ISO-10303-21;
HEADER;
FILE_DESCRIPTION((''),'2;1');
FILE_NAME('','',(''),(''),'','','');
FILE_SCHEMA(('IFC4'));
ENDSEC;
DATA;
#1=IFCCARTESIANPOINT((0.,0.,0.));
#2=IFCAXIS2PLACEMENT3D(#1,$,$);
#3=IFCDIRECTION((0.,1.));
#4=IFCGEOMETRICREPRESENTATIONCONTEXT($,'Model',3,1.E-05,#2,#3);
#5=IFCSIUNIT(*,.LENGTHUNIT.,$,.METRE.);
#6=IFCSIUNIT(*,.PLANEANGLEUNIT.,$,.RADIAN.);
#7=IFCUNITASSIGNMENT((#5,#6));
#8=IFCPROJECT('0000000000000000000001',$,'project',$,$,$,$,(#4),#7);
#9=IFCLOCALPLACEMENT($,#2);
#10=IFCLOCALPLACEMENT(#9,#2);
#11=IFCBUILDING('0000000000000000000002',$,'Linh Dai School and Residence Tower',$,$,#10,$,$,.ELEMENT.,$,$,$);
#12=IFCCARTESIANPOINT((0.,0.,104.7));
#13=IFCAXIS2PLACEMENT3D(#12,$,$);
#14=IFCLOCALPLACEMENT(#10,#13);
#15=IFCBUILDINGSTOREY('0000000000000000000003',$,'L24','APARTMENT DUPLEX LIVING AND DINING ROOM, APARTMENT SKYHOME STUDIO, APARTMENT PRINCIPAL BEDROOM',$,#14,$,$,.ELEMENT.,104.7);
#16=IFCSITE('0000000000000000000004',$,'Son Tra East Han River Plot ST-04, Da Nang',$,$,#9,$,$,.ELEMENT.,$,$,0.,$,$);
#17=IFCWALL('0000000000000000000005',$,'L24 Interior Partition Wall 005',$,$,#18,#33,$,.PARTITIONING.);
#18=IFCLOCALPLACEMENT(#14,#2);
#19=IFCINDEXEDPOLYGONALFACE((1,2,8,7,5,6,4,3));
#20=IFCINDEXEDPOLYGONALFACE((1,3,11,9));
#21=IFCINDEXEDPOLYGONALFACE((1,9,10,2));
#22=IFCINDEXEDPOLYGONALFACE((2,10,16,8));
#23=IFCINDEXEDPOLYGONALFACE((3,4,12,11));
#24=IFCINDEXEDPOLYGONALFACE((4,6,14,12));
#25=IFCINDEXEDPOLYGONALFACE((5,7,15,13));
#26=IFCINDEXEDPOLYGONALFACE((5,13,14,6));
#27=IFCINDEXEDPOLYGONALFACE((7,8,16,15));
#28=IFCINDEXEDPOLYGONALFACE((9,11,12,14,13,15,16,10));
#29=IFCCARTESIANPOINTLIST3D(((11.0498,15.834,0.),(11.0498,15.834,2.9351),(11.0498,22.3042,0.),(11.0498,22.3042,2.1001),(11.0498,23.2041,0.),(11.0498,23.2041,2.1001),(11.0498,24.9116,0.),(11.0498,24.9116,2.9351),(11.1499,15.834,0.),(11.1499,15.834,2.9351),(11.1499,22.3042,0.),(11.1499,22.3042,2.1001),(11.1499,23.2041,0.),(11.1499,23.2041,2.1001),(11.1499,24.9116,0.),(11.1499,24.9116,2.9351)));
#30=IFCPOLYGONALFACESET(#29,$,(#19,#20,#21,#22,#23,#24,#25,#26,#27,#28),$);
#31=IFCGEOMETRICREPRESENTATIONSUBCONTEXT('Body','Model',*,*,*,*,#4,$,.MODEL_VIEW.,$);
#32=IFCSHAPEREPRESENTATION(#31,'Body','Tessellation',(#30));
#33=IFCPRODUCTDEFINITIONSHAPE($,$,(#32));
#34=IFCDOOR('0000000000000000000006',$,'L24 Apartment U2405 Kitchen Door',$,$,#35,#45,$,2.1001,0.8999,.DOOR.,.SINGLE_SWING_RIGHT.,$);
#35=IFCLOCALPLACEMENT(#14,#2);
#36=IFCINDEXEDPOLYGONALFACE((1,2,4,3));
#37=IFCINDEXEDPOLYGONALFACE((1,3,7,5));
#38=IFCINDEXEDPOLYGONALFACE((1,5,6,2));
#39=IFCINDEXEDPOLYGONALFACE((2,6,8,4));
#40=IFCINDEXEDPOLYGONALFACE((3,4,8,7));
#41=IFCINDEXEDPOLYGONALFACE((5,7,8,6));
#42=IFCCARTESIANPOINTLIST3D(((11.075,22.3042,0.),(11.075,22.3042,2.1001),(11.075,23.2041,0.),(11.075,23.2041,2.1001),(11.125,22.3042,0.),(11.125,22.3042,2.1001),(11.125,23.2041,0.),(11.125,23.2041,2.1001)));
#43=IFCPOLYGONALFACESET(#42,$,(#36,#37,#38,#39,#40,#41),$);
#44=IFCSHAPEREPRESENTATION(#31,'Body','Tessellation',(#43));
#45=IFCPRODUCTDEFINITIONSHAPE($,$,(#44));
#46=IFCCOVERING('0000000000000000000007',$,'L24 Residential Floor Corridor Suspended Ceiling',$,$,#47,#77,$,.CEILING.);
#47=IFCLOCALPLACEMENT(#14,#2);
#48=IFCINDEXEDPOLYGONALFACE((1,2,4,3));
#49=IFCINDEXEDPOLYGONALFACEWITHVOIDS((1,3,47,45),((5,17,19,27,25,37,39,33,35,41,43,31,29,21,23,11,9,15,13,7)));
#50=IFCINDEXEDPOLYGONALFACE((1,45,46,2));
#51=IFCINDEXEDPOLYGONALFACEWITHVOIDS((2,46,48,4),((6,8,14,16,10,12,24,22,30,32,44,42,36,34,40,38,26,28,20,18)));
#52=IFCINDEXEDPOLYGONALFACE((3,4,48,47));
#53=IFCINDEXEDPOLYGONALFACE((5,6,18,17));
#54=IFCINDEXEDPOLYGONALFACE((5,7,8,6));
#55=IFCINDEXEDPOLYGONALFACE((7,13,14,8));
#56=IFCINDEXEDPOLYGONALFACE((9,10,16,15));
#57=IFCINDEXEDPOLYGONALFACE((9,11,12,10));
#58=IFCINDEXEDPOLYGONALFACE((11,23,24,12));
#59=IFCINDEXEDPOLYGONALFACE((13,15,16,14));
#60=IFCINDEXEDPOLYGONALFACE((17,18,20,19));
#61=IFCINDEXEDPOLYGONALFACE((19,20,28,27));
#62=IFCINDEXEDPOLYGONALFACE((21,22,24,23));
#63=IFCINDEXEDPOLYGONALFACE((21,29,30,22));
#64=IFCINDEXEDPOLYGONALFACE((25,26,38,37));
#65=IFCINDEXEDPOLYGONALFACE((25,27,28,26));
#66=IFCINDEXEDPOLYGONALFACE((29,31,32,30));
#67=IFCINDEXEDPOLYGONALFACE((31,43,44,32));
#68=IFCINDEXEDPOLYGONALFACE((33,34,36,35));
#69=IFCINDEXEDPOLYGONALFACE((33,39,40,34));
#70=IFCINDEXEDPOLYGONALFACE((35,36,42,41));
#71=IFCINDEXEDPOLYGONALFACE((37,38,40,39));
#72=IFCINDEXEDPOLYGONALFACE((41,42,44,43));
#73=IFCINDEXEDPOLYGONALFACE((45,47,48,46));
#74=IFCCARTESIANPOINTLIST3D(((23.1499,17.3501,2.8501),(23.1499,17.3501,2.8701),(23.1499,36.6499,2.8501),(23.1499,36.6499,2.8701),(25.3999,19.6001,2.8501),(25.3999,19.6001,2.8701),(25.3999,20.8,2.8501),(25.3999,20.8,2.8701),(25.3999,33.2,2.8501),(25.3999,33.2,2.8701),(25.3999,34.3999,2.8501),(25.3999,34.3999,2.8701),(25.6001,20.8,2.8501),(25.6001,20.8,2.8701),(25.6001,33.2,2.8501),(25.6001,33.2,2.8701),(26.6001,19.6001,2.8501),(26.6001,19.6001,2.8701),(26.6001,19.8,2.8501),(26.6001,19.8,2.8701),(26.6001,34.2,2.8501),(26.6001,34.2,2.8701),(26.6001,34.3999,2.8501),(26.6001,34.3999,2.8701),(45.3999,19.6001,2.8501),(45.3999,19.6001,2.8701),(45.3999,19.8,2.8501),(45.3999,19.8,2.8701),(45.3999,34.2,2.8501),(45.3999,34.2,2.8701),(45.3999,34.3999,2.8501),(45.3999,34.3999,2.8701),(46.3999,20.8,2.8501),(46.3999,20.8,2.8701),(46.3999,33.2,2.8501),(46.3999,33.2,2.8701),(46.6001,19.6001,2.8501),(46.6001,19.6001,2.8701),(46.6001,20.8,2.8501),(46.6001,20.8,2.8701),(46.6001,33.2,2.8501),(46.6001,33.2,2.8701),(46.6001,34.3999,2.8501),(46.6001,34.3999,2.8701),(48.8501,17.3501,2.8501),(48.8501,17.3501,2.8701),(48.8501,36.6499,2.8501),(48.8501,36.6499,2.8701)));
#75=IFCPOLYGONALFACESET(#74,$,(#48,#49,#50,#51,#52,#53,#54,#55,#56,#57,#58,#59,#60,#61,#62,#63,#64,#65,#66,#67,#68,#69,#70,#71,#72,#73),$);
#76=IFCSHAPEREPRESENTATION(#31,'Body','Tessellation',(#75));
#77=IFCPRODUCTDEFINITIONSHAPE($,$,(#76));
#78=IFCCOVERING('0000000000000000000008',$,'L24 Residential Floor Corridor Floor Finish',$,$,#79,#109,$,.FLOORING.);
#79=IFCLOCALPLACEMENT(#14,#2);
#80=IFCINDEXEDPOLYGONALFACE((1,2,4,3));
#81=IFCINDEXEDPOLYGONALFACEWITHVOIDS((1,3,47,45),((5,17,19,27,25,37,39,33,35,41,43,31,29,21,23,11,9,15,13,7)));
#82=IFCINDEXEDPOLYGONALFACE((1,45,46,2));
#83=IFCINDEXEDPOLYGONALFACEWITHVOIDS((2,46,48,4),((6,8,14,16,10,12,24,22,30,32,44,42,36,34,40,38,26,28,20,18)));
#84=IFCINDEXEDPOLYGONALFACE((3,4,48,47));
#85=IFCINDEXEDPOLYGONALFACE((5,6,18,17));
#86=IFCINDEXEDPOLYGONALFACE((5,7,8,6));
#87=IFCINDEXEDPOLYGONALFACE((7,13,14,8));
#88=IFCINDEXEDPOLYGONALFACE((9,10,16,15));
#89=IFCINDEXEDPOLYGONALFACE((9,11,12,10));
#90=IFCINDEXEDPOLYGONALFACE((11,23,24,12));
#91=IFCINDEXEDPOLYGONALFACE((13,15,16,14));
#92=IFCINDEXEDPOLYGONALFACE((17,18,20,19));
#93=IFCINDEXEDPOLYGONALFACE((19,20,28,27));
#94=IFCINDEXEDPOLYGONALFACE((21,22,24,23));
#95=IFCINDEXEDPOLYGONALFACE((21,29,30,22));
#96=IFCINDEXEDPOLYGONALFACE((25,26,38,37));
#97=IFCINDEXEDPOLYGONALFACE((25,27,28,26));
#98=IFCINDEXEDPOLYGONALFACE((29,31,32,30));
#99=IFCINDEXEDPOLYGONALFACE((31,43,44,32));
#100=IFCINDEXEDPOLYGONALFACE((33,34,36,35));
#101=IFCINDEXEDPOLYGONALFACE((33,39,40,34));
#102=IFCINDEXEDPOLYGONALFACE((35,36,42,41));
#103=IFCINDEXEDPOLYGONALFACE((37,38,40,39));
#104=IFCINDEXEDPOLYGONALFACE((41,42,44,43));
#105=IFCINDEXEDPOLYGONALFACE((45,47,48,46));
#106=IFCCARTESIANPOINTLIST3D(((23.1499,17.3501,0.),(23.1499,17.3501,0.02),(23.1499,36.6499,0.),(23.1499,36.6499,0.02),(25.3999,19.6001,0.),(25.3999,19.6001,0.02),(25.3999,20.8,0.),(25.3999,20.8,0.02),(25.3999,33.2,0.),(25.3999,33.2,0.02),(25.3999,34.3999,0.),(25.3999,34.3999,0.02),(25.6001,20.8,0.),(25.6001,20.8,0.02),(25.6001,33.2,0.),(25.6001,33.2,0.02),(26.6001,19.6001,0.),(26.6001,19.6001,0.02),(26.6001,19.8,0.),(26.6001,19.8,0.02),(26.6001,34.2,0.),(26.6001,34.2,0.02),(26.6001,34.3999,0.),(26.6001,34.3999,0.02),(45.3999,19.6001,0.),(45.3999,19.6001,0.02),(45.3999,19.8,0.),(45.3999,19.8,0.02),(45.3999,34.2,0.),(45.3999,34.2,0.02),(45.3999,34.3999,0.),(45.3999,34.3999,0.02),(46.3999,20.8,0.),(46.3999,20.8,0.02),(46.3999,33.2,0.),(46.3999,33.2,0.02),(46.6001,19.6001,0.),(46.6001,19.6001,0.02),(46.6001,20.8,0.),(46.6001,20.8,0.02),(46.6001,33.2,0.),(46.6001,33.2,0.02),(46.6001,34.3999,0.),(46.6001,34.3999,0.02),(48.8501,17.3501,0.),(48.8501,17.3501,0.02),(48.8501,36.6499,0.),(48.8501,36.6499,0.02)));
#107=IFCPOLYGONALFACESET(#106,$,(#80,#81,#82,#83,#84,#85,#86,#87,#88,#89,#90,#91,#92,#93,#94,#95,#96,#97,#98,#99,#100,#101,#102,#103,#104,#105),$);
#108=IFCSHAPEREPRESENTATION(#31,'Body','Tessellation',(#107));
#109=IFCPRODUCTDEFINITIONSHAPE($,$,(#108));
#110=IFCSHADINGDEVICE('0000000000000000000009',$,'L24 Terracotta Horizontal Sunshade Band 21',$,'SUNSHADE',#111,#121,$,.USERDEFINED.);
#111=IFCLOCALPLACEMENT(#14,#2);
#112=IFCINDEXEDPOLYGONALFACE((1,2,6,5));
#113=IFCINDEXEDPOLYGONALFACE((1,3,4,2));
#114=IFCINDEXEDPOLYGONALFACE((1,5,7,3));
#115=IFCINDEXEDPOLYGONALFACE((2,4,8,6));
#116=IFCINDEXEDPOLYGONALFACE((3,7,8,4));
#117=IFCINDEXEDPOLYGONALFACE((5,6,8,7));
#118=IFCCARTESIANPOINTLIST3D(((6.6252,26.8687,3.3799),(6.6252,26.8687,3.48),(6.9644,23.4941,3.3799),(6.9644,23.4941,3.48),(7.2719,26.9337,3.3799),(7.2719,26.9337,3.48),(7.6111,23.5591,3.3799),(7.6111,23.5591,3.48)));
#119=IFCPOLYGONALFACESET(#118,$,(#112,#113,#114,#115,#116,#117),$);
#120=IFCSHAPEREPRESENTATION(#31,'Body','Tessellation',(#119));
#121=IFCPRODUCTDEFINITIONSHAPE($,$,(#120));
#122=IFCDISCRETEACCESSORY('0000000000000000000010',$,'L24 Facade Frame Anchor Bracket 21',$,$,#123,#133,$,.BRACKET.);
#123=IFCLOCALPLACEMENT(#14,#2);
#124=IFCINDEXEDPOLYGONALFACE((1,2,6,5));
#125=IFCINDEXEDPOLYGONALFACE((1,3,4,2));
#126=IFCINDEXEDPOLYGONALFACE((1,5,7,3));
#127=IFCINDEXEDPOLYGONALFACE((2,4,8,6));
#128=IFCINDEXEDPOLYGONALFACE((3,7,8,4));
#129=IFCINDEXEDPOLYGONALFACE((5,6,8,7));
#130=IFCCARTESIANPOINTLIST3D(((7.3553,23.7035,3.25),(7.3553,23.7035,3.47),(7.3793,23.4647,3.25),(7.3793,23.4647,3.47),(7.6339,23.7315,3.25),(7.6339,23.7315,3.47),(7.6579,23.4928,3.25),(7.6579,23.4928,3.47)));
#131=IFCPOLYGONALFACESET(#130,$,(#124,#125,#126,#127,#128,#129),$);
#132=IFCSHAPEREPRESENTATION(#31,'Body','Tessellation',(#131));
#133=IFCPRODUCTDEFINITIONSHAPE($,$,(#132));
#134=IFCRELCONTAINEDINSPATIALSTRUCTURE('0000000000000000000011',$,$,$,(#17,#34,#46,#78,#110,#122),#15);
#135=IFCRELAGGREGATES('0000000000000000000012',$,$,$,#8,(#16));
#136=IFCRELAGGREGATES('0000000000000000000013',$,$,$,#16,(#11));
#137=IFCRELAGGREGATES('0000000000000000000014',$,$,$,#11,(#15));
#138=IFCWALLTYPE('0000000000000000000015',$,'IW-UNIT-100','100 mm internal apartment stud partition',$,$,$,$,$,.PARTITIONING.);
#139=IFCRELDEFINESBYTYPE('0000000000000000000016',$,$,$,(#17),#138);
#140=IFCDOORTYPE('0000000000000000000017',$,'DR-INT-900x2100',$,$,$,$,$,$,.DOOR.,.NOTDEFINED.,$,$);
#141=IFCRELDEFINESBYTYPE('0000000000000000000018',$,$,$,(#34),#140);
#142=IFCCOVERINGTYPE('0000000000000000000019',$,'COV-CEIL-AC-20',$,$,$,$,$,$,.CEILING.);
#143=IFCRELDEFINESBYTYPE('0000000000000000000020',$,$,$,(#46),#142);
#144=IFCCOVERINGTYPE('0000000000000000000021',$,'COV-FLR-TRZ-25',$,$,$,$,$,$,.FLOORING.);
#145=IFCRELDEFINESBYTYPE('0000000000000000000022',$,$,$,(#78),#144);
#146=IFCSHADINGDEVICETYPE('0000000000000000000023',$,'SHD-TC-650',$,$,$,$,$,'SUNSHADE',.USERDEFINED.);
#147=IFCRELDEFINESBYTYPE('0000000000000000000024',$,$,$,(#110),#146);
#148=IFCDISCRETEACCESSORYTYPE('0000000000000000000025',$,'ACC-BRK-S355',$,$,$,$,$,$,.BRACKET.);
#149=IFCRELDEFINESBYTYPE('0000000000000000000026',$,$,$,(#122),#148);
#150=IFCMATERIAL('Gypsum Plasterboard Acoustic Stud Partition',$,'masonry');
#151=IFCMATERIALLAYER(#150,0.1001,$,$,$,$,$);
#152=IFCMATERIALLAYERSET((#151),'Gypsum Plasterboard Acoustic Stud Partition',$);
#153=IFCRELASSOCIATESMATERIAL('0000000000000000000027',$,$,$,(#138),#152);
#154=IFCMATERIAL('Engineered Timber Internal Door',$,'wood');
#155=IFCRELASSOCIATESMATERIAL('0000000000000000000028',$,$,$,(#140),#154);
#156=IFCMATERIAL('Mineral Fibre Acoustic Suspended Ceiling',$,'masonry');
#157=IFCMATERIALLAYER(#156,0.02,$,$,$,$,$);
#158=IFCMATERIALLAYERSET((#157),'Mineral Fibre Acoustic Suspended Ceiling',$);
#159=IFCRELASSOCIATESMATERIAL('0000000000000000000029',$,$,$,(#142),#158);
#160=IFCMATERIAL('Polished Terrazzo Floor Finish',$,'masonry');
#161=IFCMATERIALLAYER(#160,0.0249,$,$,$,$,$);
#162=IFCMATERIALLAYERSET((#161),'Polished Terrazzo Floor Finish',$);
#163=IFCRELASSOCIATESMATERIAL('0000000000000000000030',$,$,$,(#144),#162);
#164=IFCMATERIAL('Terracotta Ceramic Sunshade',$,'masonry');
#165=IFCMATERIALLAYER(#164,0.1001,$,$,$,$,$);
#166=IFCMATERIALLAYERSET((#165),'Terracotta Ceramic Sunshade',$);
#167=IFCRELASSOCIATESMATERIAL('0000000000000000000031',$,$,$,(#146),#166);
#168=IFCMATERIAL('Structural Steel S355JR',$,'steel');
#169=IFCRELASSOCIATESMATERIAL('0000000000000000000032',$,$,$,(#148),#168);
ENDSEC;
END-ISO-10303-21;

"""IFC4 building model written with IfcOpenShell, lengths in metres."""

from ifc_helpers import new_model, si_unit, direction, frame, frame_2d, origin, origin_2d, place, context, subcontext, project, spatial, polyline, rectangle, outline, extrude, source, transform, mapped, material, layer, layer_set, type_object, element, fill, save


model = new_model("IFC4")

# Units and contexts
model_context = context("Model", 3, precision=1e-05, world=origin(), true_north=direction((0.0, 1.0)))
body_context = subcontext(model_context, "Body", "Model", "MODEL_VIEW")
ifc_project = project(units=[si_unit("LENGTHUNIT", "METRE"), si_unit("PLANEANGLEUNIT", "RADIAN")], contexts=[model_context])

# Site, building, storey
site_placement = place(None, origin())
site = spatial("IfcSite", under=ifc_project, at=site_placement, Name="Son Tra East Han River Plot ST-04, Da Nang", CompositionType="ELEMENT", RefElevation=0.0)
building_placement = place(site_placement, origin())
building = spatial("IfcBuilding", under=site, at=building_placement, Name="Linh Dai School and Residence Tower", CompositionType="ELEMENT")
storey_placement = place(building_placement, frame((0.0, 0.0, 104.7)))
storey = spatial("IfcBuildingStorey", under=building, at=storey_placement, Name="L24", Description="APARTMENT DUPLEX LIVING AND DINING ROOM, APARTMENT SKYHOME STUDIO, APARTMENT PRINCIPAL BEDROOM", CompositionType="ELEMENT", Elevation=104.7)

# Shared definitions
ifc_material_1 = material(Name="Structural Steel S355JR", Category="steel")

# Shared definitions
ifc_material_2 = material(Name="Gypsum Plasterboard Acoustic Stud Partition", Category="masonry")
ifc_layer_1 = layer(ifc_material_2, 0.1001)
ifc_layer_set_1 = layer_set([ifc_layer_1], Name="Gypsum Plasterboard Acoustic Stud Partition")
wall_type_1 = type_object("IfcWallType", Name="IW-UNIT-100", Description="100 mm internal apartment stud partition", PredefinedType="PARTITIONING", material=ifc_layer_set_1)
ifc_material_3 = material(Name="Engineered Timber Internal Door", Category="wood")
door_type_1 = type_object("IfcDoorType", Name="DR-INT-900x2100", OperationType="NOTDEFINED", PredefinedType="DOOR", material=ifc_material_3)
shared_shape_1 = source(origin(), body_context, "Body", "SweptSolid", [
    extrude(rectangle(XDim=0.8999, YDim=2.1001, at=origin_2d()), frame((0.45, 0.0249, 1.05), z_axis=(0.0, -1.0, 0.0), x_axis=(1.0, 0.0, 0.0)), (0.0, 0.0, 1.0), 0.05),
])

# Wall, opening, door
wall_1_placement = place(storey_placement, frame((11.0999, 15.834, 0.0), z_axis=(0.0, 0.0, 1.0), x_axis=(0.0, 1.0, 0.0)))
wall_1 = element("IfcWall", 1, at=wall_1_placement, inside=storey, type_object=wall_type_1, Name="L24 Interior Partition Wall 005", PredefinedType="PARTITIONING", context=body_context, shape_type="SweptSolid", body=[
    extrude(rectangle(XDim=9.0776, YDim=0.1001, at=frame_2d((4.5388, 0.0))), origin(), (0.0, 0.0, 1.0), 2.9351),
])
opening_1_placement = place(wall_1_placement, frame((6.4702, 0.0, 0.0)))
opening_1 = element("IfcOpeningElement", 2, at=opening_1_placement, cuts=wall_1, PredefinedType="OPENING", context=body_context, shape_type="SweptSolid", body=[
    extrude(rectangle(XDim=0.8999, YDim=2.1001, at=origin_2d()), frame((0.45, 0.0601, 1.05), z_axis=(0.0, -1.0, 0.0), x_axis=(1.0, 0.0, 0.0)), (0.0, 0.0, 1.0), 0.1201),
])
door_1_placement = place(opening_1_placement, origin())
door_1 = element("IfcDoor", 3, at=door_1_placement, inside=storey, type_object=door_type_1, Name="L24 Apartment U2405 Kitchen Door", OperationType="SINGLE_SWING_RIGHT", OverallHeight=2.1001, OverallWidth=0.8999, PredefinedType="DOOR", context=body_context, shape_type="MappedRepresentation", body=[
    mapped(shared_shape_1, transform((0.0, 0.0, 0.0), x_axis=(1.0, 0.0, 0.0), y_axis=(0.0, 1.0, 0.0), z_axis=(0.0, 0.0, 1.0), scale=1.0)),
])
fill(opening_1, door_1)

# Coverings
ifc_material_4 = material(Name="Mineral Fibre Acoustic Suspended Ceiling", Category="masonry")
ifc_layer_2 = layer(ifc_material_4, 0.02)
ifc_layer_set_2 = layer_set([ifc_layer_2], Name="Mineral Fibre Acoustic Suspended Ceiling")
covering_type_1 = type_object("IfcCoveringType", Name="COV-CEIL-AC-20", PredefinedType="CEILING", material=ifc_layer_set_2)
covering_1_placement = place(storey_placement, frame((0.0, 0.0, 2.8501)))
element("IfcCovering", 4, at=covering_1_placement, inside=storey, type_object=covering_type_1, Name="L24 Residential Floor Corridor Suspended Ceiling", PredefinedType="CEILING", context=body_context, shape_type="SweptSolid", body=[
    extrude(outline(polyline([(48.8501, 36.6499), (48.8501, 17.3501), (23.1499, 17.3501), (23.1499, 36.6499), (48.8501, 36.6499)]), holes=[polyline([(26.6001, 34.2), (26.6001, 34.3999), (25.3999, 34.3999), (25.3999, 33.2), (25.6001, 33.2), (25.6001, 20.8), (25.3999, 20.8), (25.3999, 19.6001), (26.6001, 19.6001), (26.6001, 19.8), (45.3999, 19.8), (45.3999, 19.6001), (46.6001, 19.6001), (46.6001, 20.8), (46.3999, 20.8), (46.3999, 33.2), (46.6001, 33.2), (46.6001, 34.3999), (45.3999, 34.3999), (45.3999, 34.2), (26.6001, 34.2)])]), origin(), (0.0, 0.0, 1.0), 0.02),
])
ifc_material_5 = material(Name="Polished Terrazzo Floor Finish", Category="masonry")
ifc_layer_3 = layer(ifc_material_5, 0.0249)
ifc_layer_set_3 = layer_set([ifc_layer_3], Name="Polished Terrazzo Floor Finish")
covering_type_2 = type_object("IfcCoveringType", Name="COV-FLR-TRZ-25", PredefinedType="FLOORING", material=ifc_layer_set_3)
covering_2_placement = place(storey_placement, origin())
element("IfcCovering", 5, at=covering_2_placement, inside=storey, type_object=covering_type_2, Name="L24 Residential Floor Corridor Floor Finish", PredefinedType="FLOORING", context=body_context, shape_type="SweptSolid", body=[
    extrude(outline(polyline([(48.8501, 36.6499), (48.8501, 17.3501), (23.1499, 17.3501), (23.1499, 36.6499), (48.8501, 36.6499)]), holes=[polyline([(26.6001, 34.2), (26.6001, 34.3999), (25.3999, 34.3999), (25.3999, 33.2), (25.6001, 33.2), (25.6001, 20.8), (25.3999, 20.8), (25.3999, 19.6001), (26.6001, 19.6001), (26.6001, 19.8), (45.3999, 19.8), (45.3999, 19.6001), (46.6001, 19.6001), (46.6001, 20.8), (46.3999, 20.8), (46.3999, 33.2), (46.6001, 33.2), (46.6001, 34.3999), (45.3999, 34.3999), (45.3999, 34.2), (26.6001, 34.2)])]), origin(), (0.0, 0.0, 1.0), 0.02),
])

# Shading device
ifc_material_6 = material(Name="Terracotta Ceramic Sunshade", Category="masonry")
ifc_layer_4 = layer(ifc_material_6, 0.1001)
ifc_layer_set_4 = layer_set([ifc_layer_4], Name="Terracotta Ceramic Sunshade")
shading_device_type = type_object("IfcShadingDeviceType", Name="SHD-TC-650", ElementType="SUNSHADE", PredefinedType="USERDEFINED", material=ifc_layer_set_4)
shared_shape_2 = source(origin(), body_context, "Body", "SweptSolid", [
    extrude(rectangle(XDim=3.3916, YDim=0.6499, at=origin_2d()), origin(), (0.0, 0.0, 1.0), 0.1001),
])
shading_device_placement = place(storey_placement, frame((7.1182, 25.2139, 3.3799), z_axis=(0.0, 0.0, 1.0), x_axis=(-0.100007, 0.994987, 0.0)))
element("IfcShadingDevice", 6, at=shading_device_placement, inside=storey, type_object=shading_device_type, Name="L24 Terracotta Horizontal Sunshade Band 21", ObjectType="SUNSHADE", PredefinedType="USERDEFINED", context=body_context, shape_type="MappedRepresentation", body=[
    mapped(shared_shape_2, transform((0.0, 0.0, 0.0), x_axis=(1.0, 0.0, 0.0), y_axis=(0.0, 1.0, 0.0), z_axis=(0.0, 0.0, 1.0), scale=1.0)),
])

# Discrete accessory
discrete_accessory_type = type_object("IfcDiscreteAccessoryType", Name="ACC-BRK-S355", PredefinedType="BRACKET", material=ifc_material_1)
shared_shape_3 = source(origin(), body_context, "Body", "SweptSolid", [
    extrude(rectangle(XDim=0.28, YDim=0.24, at=origin_2d()), origin(), (0.0, 0.0, 1.0), 0.22),
])
discrete_accessory_placement = place(storey_placement, frame((7.5066, 23.5981, 3.25), z_axis=(0.0, 0.0, 1.0), x_axis=(-0.994987, -0.100007, 0.0)))
element("IfcDiscreteAccessory", 7, at=discrete_accessory_placement, inside=storey, type_object=discrete_accessory_type, Name="L24 Facade Frame Anchor Bracket 21", PredefinedType="BRACKET", context=body_context, shape_type="MappedRepresentation", body=[
    mapped(shared_shape_3, transform((0.0, 0.0, 0.0), x_axis=(1.0, 0.0, 0.0), y_axis=(0.0, 1.0, 0.0), z_axis=(0.0, 0.0, 1.0), scale=1.0)),
])

save(model, "model.ifc")
